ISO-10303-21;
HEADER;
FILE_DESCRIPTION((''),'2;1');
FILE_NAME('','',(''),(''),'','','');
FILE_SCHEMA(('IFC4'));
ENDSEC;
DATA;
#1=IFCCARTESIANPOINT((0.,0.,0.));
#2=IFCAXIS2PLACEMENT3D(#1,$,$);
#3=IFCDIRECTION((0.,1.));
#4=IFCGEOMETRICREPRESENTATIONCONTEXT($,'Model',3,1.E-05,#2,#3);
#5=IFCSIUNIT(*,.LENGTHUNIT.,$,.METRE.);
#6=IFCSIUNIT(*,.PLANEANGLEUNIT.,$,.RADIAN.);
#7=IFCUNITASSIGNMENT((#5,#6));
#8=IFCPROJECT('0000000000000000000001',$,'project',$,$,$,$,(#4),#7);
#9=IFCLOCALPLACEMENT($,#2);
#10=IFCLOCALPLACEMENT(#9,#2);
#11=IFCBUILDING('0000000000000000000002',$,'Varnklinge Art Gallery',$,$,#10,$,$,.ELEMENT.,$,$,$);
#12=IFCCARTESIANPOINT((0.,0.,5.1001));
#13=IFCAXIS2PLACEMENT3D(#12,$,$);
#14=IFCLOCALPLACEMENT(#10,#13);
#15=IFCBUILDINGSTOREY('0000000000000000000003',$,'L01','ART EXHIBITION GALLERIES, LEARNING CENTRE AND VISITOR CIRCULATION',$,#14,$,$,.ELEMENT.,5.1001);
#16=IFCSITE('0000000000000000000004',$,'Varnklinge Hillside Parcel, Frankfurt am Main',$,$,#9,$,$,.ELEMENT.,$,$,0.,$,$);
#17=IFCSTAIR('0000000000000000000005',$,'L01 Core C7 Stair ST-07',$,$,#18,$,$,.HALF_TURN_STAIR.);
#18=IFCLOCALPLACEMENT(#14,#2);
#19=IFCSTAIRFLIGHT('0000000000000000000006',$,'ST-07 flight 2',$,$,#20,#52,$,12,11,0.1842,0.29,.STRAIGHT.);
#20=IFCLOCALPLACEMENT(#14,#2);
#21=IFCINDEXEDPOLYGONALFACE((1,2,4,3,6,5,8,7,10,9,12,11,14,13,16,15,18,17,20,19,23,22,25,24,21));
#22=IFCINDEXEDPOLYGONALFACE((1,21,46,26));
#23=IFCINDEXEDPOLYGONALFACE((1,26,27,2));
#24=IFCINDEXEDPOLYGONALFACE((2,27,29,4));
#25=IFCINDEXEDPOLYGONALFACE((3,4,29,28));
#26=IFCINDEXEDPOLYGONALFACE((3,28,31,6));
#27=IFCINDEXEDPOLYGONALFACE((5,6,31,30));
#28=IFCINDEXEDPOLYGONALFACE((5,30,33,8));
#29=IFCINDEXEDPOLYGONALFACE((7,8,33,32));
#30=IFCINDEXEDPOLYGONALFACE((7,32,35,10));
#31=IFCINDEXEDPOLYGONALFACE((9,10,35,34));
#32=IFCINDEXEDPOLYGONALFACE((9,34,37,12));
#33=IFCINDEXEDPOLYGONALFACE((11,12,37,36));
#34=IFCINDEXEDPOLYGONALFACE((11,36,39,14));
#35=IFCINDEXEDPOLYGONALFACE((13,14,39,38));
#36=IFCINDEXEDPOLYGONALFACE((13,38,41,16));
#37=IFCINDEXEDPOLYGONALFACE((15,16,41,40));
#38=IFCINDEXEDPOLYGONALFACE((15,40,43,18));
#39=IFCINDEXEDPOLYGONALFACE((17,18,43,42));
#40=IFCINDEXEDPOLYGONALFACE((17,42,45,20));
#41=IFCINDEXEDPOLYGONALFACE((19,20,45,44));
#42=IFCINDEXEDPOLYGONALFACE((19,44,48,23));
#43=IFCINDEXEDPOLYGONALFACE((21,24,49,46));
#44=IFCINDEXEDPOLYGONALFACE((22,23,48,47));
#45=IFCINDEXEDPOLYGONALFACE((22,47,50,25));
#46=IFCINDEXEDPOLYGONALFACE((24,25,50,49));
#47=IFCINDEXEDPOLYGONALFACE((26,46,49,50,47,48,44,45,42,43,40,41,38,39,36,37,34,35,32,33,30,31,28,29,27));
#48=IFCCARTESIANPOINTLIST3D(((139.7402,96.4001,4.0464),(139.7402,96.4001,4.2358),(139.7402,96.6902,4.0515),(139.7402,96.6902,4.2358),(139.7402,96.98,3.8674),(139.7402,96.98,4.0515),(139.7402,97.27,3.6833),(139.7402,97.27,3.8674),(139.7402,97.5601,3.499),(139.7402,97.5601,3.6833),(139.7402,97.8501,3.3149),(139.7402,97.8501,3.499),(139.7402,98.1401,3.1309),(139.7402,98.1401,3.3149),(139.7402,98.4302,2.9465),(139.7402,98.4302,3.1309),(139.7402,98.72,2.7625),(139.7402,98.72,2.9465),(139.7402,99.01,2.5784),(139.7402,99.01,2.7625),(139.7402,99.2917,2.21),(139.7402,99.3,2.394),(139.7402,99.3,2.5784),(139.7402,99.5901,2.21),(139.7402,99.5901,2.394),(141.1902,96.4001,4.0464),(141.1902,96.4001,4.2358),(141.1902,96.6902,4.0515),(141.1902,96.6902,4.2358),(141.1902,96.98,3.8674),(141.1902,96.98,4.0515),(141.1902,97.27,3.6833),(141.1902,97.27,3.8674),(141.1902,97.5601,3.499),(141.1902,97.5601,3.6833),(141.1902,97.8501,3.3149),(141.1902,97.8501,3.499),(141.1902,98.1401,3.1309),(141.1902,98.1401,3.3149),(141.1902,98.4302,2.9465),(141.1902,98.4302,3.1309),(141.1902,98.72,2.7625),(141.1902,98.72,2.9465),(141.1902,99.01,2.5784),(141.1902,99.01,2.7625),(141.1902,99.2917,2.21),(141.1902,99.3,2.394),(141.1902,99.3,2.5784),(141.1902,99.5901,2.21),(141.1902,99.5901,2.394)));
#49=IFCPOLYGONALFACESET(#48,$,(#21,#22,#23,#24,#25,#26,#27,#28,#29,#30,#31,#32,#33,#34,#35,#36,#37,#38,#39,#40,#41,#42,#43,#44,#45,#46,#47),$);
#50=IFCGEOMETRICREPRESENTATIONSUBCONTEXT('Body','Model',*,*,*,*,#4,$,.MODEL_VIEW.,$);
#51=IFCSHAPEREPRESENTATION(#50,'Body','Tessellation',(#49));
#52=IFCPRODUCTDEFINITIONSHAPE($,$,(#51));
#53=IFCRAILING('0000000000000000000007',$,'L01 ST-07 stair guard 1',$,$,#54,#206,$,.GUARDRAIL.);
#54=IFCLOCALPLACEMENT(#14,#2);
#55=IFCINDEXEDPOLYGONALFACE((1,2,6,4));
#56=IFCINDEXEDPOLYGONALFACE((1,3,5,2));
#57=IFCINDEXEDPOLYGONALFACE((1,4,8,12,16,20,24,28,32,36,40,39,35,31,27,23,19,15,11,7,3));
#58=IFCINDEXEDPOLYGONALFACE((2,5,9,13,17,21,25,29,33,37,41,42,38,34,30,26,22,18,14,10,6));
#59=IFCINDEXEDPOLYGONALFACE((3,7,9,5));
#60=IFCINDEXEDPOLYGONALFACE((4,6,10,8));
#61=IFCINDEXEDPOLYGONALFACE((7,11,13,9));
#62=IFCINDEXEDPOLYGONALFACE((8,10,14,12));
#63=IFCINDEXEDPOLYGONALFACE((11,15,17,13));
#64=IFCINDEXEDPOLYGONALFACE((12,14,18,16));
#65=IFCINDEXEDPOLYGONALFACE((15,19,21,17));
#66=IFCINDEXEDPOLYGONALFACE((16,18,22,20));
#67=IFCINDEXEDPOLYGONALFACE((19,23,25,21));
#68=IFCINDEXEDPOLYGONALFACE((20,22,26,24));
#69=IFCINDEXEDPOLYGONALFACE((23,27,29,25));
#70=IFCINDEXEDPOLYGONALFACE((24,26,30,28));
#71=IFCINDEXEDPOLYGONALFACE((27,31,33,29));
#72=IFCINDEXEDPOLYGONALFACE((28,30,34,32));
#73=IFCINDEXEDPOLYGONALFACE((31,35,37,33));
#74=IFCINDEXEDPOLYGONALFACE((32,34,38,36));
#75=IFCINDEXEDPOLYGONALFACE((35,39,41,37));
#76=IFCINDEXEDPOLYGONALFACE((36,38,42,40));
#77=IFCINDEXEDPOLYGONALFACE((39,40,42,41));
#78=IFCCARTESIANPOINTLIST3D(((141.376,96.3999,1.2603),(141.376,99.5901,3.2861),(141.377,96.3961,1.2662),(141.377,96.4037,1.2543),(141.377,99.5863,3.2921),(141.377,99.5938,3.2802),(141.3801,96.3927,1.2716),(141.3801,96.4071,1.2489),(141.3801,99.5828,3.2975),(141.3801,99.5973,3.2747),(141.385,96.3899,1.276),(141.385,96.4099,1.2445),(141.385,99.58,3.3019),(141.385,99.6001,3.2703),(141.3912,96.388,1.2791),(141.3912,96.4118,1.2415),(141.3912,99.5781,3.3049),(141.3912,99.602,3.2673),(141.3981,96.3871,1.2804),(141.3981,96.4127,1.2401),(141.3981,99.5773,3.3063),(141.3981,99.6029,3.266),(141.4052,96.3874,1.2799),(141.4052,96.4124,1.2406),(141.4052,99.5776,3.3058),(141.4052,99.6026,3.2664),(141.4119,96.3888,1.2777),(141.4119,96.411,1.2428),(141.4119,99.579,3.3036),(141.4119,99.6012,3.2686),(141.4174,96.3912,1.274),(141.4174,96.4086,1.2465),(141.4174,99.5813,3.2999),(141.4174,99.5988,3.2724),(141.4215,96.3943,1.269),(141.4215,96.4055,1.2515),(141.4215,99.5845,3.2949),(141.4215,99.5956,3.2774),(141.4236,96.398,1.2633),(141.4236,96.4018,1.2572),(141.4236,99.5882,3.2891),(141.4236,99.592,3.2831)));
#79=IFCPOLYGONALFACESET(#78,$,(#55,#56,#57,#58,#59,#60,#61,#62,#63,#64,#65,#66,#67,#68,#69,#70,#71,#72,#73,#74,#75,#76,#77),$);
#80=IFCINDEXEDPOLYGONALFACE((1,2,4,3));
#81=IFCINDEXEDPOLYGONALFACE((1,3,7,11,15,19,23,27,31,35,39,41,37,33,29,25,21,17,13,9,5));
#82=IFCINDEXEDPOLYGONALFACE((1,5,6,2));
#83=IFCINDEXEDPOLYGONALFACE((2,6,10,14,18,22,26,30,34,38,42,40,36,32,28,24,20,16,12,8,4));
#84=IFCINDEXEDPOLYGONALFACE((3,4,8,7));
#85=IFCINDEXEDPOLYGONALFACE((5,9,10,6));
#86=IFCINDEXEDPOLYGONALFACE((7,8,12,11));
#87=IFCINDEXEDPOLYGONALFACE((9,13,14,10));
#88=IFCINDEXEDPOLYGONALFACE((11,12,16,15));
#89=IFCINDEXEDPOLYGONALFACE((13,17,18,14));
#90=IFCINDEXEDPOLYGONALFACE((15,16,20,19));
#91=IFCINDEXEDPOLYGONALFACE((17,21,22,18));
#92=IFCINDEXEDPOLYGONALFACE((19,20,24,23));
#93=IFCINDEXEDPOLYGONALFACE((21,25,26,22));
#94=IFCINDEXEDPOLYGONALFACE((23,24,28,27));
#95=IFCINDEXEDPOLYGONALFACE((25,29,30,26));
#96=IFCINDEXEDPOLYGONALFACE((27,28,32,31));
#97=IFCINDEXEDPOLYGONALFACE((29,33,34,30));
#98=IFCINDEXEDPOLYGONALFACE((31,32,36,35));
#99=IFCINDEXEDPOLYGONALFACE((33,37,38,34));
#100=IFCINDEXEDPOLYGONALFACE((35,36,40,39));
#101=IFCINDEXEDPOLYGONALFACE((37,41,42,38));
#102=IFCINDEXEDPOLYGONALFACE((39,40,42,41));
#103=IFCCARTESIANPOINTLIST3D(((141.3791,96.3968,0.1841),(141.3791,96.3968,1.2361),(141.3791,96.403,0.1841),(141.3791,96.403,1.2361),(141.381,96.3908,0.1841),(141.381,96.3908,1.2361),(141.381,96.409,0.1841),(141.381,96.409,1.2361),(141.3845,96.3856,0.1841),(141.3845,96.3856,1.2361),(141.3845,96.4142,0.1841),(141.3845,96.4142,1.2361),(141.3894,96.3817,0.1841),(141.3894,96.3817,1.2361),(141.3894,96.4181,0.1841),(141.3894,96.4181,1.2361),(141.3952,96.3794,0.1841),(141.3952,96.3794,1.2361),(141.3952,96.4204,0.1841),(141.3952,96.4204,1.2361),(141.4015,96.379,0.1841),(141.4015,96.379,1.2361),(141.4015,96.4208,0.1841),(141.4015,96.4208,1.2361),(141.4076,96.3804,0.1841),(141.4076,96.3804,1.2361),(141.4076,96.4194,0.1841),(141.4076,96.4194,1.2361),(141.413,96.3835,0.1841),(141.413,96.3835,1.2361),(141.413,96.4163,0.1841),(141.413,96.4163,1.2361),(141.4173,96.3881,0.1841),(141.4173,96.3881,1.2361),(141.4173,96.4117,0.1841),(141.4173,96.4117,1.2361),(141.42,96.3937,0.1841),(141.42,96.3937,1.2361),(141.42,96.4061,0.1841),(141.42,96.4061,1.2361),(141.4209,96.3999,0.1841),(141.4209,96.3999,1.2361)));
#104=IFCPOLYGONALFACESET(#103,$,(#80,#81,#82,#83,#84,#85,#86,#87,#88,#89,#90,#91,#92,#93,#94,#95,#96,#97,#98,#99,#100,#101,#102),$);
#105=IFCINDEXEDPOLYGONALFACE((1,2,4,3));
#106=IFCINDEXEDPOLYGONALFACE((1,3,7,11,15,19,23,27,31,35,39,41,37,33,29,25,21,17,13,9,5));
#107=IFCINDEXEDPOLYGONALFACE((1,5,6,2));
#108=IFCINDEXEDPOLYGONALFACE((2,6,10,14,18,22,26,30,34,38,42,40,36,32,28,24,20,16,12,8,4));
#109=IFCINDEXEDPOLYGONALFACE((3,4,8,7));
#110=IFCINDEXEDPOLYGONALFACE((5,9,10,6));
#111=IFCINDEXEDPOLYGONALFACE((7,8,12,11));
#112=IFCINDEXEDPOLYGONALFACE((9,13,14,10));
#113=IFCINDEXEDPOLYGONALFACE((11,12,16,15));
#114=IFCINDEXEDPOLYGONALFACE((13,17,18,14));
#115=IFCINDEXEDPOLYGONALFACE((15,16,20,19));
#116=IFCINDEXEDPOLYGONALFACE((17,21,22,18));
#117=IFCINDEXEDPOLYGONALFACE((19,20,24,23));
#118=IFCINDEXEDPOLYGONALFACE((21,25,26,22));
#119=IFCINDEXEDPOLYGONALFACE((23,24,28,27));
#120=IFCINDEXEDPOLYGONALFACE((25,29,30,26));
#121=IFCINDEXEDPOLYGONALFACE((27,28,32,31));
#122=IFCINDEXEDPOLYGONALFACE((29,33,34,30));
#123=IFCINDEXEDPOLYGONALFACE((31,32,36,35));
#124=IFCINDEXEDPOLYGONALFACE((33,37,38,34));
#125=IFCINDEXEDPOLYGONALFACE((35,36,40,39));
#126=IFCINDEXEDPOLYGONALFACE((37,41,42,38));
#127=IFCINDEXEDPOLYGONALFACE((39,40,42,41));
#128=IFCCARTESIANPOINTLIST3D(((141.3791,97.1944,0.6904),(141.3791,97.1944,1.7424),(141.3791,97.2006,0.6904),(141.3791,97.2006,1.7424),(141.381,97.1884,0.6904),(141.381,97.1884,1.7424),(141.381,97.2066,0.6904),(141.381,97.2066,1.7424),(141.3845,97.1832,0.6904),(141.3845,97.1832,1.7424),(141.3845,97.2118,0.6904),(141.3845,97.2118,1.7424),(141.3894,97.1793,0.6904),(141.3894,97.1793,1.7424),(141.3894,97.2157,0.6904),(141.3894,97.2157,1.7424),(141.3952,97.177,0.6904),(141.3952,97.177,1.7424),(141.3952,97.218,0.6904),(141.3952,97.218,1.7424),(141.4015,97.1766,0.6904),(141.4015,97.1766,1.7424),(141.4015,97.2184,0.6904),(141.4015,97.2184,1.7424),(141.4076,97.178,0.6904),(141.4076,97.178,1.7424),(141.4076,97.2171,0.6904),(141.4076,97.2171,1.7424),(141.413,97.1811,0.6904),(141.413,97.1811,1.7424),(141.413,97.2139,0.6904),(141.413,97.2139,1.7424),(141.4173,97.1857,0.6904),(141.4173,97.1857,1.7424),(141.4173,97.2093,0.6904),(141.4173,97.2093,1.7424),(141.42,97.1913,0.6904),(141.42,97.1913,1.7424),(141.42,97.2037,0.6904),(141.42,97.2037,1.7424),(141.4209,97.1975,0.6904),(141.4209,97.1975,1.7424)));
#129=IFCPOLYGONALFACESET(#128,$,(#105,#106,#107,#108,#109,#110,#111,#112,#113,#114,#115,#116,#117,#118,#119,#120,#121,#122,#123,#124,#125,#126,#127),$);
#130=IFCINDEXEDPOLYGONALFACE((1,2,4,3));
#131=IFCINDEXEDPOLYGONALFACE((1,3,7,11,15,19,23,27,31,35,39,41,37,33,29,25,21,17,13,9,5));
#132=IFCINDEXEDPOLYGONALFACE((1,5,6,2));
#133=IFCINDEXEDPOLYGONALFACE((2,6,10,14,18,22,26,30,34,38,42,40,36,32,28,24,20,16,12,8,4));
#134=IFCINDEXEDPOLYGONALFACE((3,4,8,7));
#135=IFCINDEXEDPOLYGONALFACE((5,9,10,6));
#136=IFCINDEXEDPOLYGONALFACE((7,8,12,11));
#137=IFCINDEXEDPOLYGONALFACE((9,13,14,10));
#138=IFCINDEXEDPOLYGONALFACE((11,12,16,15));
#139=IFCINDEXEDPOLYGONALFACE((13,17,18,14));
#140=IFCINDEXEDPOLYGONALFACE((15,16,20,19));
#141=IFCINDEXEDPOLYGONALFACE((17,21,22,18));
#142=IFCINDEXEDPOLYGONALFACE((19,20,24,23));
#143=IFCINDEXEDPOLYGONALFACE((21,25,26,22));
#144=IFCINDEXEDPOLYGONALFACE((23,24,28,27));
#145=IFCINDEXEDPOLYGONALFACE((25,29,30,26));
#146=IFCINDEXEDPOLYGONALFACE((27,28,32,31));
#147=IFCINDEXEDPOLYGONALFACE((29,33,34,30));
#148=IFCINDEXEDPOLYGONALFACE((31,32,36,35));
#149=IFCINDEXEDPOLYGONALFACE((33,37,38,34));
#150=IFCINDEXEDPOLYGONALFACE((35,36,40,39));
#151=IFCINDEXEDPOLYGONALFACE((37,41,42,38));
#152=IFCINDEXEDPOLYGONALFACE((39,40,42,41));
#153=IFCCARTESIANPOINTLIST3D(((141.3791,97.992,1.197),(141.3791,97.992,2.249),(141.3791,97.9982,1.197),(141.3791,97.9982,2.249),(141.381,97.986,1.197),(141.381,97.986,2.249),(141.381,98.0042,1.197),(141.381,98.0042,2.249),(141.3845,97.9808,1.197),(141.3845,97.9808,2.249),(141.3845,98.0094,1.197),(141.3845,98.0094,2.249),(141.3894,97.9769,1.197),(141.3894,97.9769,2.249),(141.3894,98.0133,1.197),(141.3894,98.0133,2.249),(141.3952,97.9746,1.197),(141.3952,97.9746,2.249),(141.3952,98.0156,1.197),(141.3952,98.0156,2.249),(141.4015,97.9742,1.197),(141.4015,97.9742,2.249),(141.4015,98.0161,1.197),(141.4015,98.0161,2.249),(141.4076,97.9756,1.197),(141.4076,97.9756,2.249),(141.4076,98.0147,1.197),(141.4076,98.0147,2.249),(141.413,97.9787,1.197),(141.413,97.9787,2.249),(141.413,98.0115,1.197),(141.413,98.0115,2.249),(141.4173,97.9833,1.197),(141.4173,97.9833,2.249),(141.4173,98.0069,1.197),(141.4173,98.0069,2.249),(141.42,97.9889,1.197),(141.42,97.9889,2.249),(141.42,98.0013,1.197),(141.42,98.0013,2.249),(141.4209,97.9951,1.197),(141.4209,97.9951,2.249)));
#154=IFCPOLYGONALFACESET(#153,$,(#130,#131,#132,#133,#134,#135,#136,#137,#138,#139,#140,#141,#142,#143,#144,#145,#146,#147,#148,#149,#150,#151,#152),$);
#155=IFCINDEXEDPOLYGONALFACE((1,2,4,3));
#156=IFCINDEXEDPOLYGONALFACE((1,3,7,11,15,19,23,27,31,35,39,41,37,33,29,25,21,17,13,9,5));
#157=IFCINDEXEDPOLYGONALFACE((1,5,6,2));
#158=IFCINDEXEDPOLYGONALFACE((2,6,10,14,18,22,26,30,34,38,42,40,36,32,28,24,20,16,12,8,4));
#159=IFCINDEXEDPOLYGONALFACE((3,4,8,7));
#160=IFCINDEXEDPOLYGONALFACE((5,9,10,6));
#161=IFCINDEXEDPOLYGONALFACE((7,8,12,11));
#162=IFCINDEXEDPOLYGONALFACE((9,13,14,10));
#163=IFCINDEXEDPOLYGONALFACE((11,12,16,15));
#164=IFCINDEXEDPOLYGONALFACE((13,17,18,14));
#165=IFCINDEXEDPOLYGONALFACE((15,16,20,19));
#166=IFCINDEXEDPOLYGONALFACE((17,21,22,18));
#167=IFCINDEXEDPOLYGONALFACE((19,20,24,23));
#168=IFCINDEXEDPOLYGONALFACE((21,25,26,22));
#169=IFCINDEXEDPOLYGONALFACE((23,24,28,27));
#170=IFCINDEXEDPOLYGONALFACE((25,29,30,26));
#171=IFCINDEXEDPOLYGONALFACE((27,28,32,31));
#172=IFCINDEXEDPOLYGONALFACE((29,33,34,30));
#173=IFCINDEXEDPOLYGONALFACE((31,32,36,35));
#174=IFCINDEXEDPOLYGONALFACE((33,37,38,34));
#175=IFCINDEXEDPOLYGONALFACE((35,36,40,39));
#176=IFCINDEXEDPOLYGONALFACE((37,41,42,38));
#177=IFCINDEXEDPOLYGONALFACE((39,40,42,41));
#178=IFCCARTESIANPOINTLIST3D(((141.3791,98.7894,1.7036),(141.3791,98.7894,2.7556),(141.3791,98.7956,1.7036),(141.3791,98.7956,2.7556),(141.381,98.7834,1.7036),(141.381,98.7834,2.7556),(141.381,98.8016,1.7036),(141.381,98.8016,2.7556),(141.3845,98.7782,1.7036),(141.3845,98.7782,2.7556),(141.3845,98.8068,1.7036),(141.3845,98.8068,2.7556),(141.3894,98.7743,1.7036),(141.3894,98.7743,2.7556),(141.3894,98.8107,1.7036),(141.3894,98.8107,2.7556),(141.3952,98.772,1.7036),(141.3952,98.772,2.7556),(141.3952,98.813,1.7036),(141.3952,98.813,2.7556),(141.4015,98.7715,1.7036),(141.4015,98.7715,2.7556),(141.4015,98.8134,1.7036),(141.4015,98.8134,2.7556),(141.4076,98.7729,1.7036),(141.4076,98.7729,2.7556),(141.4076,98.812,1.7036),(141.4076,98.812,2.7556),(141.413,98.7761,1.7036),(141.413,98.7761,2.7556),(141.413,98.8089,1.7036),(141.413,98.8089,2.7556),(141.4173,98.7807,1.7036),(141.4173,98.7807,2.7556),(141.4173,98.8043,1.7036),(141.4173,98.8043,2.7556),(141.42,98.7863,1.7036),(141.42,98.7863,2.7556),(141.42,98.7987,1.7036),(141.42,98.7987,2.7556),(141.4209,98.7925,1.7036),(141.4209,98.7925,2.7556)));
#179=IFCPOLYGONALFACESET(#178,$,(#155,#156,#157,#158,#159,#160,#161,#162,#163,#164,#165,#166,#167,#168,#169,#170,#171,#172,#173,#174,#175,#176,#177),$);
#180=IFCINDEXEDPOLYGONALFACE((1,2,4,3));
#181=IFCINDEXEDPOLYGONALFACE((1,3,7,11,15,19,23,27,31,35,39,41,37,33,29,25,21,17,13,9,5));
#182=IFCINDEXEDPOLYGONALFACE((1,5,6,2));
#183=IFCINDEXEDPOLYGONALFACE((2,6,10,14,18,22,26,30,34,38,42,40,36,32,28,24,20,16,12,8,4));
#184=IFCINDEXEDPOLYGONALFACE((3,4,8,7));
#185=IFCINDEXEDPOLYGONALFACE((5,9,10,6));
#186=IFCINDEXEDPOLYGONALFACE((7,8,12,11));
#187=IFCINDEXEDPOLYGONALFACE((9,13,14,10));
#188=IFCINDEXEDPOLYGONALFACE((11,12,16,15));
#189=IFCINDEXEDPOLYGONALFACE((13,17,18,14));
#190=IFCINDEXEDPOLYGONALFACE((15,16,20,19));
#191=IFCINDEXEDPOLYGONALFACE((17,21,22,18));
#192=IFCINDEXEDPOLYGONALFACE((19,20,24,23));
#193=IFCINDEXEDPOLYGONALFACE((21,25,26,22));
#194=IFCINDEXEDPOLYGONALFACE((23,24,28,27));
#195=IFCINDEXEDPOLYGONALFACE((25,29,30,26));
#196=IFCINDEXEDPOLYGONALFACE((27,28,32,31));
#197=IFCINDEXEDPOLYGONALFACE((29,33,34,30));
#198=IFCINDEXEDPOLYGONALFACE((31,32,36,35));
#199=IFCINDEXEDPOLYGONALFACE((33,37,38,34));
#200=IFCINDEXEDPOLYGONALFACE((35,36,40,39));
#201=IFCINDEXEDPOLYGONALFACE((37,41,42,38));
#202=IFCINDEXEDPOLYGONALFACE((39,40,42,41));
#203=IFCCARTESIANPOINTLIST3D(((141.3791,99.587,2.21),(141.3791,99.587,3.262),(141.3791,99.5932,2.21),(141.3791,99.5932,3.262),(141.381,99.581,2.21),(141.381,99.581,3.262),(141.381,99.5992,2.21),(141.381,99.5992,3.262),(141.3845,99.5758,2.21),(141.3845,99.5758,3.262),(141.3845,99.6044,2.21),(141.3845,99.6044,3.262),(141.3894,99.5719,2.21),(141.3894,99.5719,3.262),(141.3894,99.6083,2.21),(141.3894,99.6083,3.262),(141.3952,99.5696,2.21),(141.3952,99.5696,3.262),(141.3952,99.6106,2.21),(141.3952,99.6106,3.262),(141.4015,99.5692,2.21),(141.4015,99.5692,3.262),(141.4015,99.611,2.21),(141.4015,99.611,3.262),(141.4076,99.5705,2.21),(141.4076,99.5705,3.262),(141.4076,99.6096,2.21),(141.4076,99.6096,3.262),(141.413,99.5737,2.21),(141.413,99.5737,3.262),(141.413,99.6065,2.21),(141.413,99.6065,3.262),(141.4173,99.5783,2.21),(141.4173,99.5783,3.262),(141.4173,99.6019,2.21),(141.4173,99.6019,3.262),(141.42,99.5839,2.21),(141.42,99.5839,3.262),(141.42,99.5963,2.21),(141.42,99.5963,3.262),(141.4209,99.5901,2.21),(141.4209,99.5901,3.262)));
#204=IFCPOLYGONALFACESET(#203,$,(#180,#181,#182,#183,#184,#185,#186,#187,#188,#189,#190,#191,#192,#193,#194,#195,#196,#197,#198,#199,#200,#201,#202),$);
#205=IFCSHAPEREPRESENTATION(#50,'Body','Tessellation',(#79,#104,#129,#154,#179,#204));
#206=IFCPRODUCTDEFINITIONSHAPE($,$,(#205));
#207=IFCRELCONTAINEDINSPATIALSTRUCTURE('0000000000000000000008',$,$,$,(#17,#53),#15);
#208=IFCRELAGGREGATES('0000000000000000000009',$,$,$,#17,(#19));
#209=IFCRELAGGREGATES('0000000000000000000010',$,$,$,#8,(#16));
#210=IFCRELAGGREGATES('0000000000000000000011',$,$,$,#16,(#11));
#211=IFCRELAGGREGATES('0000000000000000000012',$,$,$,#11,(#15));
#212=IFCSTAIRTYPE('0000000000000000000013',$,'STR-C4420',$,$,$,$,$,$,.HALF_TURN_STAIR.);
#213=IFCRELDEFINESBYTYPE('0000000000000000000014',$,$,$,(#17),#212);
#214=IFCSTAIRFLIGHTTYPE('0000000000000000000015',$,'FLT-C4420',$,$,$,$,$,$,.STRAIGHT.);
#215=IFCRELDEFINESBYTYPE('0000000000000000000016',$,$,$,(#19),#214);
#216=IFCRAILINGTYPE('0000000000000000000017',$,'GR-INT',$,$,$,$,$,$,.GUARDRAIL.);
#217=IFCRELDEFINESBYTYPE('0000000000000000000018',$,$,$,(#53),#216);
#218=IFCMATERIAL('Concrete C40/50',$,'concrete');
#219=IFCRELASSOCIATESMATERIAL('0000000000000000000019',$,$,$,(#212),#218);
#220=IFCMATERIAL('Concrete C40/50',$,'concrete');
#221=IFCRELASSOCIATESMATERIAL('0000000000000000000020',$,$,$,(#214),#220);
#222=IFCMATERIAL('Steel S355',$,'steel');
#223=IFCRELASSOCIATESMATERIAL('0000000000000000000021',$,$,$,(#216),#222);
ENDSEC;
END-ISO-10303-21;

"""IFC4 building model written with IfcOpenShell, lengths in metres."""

from ifc_helpers import new_model, si_unit, direction, frame, origin, origin_2d, place, context, subcontext, project, spatial, polyline, circle, outline, extrude, material, type_object, element, aggregate, save


model = new_model("IFC4")

# Units and contexts
model_context = context("Model", 3, precision=1e-05, world=origin(), true_north=direction((0.0, 1.0)))
body_context = subcontext(model_context, "Body", "Model", "MODEL_VIEW")
ifc_project = project(units=[si_unit("LENGTHUNIT", "METRE"), si_unit("PLANEANGLEUNIT", "RADIAN")], contexts=[model_context])

# Site, building, storey
site_placement = place(None, origin())
site = spatial("IfcSite", under=ifc_project, at=site_placement, Name="Varnklinge Hillside Parcel, Frankfurt am Main", CompositionType="ELEMENT", RefElevation=0.0)
building_placement = place(site_placement, origin())
building = spatial("IfcBuilding", under=site, at=building_placement, Name="Varnklinge Art Gallery", CompositionType="ELEMENT")
storey_placement = place(building_placement, frame((0.0, 0.0, 5.1001)))
storey = spatial("IfcBuildingStorey", under=building, at=storey_placement, Name="L01", Description="ART EXHIBITION GALLERIES, LEARNING CENTRE AND VISITOR CIRCULATION", CompositionType="ELEMENT", Elevation=5.1001)

# Stair, stair flight
ifc_material_1 = material(Name="Concrete C40/50", Category="concrete")
stair_type = type_object("IfcStairType", Name="STR-C4420", PredefinedType="HALF_TURN_STAIR", material=ifc_material_1)
stair_placement = place(storey_placement, origin())
stair = element("IfcStair", 1, at=stair_placement, inside=storey, type_object=stair_type, Name="L01 Core C7 Stair ST-07", PredefinedType="HALF_TURN_STAIR")
ifc_material_2 = material(Name="Concrete C40/50", Category="concrete")
stair_flight_type = type_object("IfcStairFlightType", Name="FLT-C4420", PredefinedType="STRAIGHT", material=ifc_material_2)
stair_flight_placement = place(storey_placement, frame((140.4651, 99.5901, 2.21), z_axis=(0.0, 0.0, 1.0), x_axis=(0.0, -1.0, 0.0)))
stair_flight = element("IfcStairFlight", 2, at=stair_flight_placement, type_object=stair_flight_type, Name="ST-07 flight 2", NumberOfRisers=12, NumberOfTreads=11, PredefinedType="STRAIGHT", RiserHeight=0.1842, TreadLength=0.29, context=body_context, shape_type="SweptSolid", body=[
    extrude(outline(polyline([(0.0, 0.0), (0.0, 0.1841), (0.29, 0.1841), (0.29, 0.3684), (0.5801, 0.3684), (0.5801, 0.5525), (0.8701, 0.5525), (0.8701, 0.7366), (1.1599, 0.7366), (1.1599, 0.9209), (1.45, 0.9209), (1.45, 1.105), (1.74, 1.105), (1.74, 1.2891), (2.03, 1.2891), (2.03, 1.4734), (2.3201, 1.4734), (2.3201, 1.6575), (2.6101, 1.6575), (2.6101, 1.8416), (2.8999, 1.8416), (2.8999, 2.0259), (3.1899, 2.0259), (3.1899, 2.21), (3.1899, 1.8364), (0.2983, 0.0), (0.0, 0.0)])), frame((0.0, 0.7251, 0.0), z_axis=(0.0, -1.0, 0.0), x_axis=(1.0, 0.0, 0.0)), (0.0, 0.0, 1.0), 1.45),
])
aggregate(stair, [stair_flight])

# Railing
ifc_material_3 = material(Name="Steel S355", Category="steel")
railing_type_1 = type_object("IfcRailingType", Name="GR-INT", PredefinedType="GUARDRAIL", material=ifc_material_3)
railing_1_placement = place(storey_placement, frame((141.3999, 96.3999, 0.1841)))
element("IfcRailing", 3, at=railing_1_placement, inside=storey, type_object=railing_type_1, Name="L01 ST-07 stair guard 1", PredefinedType="GUARDRAIL", context=body_context, shape_type="SweptSolid", body=[
    extrude(circle(Radius=0.0239, at=origin_2d()), frame((0.0, 0.0, 1.0762), z_axis=(0.0, 0.844169, 0.536077), x_axis=(-1.0, 0.0, 0.0)), (0.0, 0.0, 1.0), 3.7791),
    extrude(circle(Radius=0.021, at=origin_2d()), origin(), (0.0, 0.0, 1.0), 1.052),
    extrude(circle(Radius=0.021, at=origin_2d()), frame((0.0, 0.7976, 0.5063)), (0.0, 0.0, 1.0), 1.052),
    extrude(circle(Radius=0.021, at=origin_2d()), frame((0.0, 1.5952, 1.0129)), (0.0, 0.0, 1.0), 1.052),
    extrude(circle(Radius=0.021, at=origin_2d()), frame((0.0, 2.3926, 1.5195)), (0.0, 0.0, 1.0), 1.052),
    extrude(circle(Radius=0.021, at=origin_2d()), frame((0.0, 3.1902, 2.0259)), (0.0, 0.0, 1.0), 1.052),
])

save(model, "model.ifc")
